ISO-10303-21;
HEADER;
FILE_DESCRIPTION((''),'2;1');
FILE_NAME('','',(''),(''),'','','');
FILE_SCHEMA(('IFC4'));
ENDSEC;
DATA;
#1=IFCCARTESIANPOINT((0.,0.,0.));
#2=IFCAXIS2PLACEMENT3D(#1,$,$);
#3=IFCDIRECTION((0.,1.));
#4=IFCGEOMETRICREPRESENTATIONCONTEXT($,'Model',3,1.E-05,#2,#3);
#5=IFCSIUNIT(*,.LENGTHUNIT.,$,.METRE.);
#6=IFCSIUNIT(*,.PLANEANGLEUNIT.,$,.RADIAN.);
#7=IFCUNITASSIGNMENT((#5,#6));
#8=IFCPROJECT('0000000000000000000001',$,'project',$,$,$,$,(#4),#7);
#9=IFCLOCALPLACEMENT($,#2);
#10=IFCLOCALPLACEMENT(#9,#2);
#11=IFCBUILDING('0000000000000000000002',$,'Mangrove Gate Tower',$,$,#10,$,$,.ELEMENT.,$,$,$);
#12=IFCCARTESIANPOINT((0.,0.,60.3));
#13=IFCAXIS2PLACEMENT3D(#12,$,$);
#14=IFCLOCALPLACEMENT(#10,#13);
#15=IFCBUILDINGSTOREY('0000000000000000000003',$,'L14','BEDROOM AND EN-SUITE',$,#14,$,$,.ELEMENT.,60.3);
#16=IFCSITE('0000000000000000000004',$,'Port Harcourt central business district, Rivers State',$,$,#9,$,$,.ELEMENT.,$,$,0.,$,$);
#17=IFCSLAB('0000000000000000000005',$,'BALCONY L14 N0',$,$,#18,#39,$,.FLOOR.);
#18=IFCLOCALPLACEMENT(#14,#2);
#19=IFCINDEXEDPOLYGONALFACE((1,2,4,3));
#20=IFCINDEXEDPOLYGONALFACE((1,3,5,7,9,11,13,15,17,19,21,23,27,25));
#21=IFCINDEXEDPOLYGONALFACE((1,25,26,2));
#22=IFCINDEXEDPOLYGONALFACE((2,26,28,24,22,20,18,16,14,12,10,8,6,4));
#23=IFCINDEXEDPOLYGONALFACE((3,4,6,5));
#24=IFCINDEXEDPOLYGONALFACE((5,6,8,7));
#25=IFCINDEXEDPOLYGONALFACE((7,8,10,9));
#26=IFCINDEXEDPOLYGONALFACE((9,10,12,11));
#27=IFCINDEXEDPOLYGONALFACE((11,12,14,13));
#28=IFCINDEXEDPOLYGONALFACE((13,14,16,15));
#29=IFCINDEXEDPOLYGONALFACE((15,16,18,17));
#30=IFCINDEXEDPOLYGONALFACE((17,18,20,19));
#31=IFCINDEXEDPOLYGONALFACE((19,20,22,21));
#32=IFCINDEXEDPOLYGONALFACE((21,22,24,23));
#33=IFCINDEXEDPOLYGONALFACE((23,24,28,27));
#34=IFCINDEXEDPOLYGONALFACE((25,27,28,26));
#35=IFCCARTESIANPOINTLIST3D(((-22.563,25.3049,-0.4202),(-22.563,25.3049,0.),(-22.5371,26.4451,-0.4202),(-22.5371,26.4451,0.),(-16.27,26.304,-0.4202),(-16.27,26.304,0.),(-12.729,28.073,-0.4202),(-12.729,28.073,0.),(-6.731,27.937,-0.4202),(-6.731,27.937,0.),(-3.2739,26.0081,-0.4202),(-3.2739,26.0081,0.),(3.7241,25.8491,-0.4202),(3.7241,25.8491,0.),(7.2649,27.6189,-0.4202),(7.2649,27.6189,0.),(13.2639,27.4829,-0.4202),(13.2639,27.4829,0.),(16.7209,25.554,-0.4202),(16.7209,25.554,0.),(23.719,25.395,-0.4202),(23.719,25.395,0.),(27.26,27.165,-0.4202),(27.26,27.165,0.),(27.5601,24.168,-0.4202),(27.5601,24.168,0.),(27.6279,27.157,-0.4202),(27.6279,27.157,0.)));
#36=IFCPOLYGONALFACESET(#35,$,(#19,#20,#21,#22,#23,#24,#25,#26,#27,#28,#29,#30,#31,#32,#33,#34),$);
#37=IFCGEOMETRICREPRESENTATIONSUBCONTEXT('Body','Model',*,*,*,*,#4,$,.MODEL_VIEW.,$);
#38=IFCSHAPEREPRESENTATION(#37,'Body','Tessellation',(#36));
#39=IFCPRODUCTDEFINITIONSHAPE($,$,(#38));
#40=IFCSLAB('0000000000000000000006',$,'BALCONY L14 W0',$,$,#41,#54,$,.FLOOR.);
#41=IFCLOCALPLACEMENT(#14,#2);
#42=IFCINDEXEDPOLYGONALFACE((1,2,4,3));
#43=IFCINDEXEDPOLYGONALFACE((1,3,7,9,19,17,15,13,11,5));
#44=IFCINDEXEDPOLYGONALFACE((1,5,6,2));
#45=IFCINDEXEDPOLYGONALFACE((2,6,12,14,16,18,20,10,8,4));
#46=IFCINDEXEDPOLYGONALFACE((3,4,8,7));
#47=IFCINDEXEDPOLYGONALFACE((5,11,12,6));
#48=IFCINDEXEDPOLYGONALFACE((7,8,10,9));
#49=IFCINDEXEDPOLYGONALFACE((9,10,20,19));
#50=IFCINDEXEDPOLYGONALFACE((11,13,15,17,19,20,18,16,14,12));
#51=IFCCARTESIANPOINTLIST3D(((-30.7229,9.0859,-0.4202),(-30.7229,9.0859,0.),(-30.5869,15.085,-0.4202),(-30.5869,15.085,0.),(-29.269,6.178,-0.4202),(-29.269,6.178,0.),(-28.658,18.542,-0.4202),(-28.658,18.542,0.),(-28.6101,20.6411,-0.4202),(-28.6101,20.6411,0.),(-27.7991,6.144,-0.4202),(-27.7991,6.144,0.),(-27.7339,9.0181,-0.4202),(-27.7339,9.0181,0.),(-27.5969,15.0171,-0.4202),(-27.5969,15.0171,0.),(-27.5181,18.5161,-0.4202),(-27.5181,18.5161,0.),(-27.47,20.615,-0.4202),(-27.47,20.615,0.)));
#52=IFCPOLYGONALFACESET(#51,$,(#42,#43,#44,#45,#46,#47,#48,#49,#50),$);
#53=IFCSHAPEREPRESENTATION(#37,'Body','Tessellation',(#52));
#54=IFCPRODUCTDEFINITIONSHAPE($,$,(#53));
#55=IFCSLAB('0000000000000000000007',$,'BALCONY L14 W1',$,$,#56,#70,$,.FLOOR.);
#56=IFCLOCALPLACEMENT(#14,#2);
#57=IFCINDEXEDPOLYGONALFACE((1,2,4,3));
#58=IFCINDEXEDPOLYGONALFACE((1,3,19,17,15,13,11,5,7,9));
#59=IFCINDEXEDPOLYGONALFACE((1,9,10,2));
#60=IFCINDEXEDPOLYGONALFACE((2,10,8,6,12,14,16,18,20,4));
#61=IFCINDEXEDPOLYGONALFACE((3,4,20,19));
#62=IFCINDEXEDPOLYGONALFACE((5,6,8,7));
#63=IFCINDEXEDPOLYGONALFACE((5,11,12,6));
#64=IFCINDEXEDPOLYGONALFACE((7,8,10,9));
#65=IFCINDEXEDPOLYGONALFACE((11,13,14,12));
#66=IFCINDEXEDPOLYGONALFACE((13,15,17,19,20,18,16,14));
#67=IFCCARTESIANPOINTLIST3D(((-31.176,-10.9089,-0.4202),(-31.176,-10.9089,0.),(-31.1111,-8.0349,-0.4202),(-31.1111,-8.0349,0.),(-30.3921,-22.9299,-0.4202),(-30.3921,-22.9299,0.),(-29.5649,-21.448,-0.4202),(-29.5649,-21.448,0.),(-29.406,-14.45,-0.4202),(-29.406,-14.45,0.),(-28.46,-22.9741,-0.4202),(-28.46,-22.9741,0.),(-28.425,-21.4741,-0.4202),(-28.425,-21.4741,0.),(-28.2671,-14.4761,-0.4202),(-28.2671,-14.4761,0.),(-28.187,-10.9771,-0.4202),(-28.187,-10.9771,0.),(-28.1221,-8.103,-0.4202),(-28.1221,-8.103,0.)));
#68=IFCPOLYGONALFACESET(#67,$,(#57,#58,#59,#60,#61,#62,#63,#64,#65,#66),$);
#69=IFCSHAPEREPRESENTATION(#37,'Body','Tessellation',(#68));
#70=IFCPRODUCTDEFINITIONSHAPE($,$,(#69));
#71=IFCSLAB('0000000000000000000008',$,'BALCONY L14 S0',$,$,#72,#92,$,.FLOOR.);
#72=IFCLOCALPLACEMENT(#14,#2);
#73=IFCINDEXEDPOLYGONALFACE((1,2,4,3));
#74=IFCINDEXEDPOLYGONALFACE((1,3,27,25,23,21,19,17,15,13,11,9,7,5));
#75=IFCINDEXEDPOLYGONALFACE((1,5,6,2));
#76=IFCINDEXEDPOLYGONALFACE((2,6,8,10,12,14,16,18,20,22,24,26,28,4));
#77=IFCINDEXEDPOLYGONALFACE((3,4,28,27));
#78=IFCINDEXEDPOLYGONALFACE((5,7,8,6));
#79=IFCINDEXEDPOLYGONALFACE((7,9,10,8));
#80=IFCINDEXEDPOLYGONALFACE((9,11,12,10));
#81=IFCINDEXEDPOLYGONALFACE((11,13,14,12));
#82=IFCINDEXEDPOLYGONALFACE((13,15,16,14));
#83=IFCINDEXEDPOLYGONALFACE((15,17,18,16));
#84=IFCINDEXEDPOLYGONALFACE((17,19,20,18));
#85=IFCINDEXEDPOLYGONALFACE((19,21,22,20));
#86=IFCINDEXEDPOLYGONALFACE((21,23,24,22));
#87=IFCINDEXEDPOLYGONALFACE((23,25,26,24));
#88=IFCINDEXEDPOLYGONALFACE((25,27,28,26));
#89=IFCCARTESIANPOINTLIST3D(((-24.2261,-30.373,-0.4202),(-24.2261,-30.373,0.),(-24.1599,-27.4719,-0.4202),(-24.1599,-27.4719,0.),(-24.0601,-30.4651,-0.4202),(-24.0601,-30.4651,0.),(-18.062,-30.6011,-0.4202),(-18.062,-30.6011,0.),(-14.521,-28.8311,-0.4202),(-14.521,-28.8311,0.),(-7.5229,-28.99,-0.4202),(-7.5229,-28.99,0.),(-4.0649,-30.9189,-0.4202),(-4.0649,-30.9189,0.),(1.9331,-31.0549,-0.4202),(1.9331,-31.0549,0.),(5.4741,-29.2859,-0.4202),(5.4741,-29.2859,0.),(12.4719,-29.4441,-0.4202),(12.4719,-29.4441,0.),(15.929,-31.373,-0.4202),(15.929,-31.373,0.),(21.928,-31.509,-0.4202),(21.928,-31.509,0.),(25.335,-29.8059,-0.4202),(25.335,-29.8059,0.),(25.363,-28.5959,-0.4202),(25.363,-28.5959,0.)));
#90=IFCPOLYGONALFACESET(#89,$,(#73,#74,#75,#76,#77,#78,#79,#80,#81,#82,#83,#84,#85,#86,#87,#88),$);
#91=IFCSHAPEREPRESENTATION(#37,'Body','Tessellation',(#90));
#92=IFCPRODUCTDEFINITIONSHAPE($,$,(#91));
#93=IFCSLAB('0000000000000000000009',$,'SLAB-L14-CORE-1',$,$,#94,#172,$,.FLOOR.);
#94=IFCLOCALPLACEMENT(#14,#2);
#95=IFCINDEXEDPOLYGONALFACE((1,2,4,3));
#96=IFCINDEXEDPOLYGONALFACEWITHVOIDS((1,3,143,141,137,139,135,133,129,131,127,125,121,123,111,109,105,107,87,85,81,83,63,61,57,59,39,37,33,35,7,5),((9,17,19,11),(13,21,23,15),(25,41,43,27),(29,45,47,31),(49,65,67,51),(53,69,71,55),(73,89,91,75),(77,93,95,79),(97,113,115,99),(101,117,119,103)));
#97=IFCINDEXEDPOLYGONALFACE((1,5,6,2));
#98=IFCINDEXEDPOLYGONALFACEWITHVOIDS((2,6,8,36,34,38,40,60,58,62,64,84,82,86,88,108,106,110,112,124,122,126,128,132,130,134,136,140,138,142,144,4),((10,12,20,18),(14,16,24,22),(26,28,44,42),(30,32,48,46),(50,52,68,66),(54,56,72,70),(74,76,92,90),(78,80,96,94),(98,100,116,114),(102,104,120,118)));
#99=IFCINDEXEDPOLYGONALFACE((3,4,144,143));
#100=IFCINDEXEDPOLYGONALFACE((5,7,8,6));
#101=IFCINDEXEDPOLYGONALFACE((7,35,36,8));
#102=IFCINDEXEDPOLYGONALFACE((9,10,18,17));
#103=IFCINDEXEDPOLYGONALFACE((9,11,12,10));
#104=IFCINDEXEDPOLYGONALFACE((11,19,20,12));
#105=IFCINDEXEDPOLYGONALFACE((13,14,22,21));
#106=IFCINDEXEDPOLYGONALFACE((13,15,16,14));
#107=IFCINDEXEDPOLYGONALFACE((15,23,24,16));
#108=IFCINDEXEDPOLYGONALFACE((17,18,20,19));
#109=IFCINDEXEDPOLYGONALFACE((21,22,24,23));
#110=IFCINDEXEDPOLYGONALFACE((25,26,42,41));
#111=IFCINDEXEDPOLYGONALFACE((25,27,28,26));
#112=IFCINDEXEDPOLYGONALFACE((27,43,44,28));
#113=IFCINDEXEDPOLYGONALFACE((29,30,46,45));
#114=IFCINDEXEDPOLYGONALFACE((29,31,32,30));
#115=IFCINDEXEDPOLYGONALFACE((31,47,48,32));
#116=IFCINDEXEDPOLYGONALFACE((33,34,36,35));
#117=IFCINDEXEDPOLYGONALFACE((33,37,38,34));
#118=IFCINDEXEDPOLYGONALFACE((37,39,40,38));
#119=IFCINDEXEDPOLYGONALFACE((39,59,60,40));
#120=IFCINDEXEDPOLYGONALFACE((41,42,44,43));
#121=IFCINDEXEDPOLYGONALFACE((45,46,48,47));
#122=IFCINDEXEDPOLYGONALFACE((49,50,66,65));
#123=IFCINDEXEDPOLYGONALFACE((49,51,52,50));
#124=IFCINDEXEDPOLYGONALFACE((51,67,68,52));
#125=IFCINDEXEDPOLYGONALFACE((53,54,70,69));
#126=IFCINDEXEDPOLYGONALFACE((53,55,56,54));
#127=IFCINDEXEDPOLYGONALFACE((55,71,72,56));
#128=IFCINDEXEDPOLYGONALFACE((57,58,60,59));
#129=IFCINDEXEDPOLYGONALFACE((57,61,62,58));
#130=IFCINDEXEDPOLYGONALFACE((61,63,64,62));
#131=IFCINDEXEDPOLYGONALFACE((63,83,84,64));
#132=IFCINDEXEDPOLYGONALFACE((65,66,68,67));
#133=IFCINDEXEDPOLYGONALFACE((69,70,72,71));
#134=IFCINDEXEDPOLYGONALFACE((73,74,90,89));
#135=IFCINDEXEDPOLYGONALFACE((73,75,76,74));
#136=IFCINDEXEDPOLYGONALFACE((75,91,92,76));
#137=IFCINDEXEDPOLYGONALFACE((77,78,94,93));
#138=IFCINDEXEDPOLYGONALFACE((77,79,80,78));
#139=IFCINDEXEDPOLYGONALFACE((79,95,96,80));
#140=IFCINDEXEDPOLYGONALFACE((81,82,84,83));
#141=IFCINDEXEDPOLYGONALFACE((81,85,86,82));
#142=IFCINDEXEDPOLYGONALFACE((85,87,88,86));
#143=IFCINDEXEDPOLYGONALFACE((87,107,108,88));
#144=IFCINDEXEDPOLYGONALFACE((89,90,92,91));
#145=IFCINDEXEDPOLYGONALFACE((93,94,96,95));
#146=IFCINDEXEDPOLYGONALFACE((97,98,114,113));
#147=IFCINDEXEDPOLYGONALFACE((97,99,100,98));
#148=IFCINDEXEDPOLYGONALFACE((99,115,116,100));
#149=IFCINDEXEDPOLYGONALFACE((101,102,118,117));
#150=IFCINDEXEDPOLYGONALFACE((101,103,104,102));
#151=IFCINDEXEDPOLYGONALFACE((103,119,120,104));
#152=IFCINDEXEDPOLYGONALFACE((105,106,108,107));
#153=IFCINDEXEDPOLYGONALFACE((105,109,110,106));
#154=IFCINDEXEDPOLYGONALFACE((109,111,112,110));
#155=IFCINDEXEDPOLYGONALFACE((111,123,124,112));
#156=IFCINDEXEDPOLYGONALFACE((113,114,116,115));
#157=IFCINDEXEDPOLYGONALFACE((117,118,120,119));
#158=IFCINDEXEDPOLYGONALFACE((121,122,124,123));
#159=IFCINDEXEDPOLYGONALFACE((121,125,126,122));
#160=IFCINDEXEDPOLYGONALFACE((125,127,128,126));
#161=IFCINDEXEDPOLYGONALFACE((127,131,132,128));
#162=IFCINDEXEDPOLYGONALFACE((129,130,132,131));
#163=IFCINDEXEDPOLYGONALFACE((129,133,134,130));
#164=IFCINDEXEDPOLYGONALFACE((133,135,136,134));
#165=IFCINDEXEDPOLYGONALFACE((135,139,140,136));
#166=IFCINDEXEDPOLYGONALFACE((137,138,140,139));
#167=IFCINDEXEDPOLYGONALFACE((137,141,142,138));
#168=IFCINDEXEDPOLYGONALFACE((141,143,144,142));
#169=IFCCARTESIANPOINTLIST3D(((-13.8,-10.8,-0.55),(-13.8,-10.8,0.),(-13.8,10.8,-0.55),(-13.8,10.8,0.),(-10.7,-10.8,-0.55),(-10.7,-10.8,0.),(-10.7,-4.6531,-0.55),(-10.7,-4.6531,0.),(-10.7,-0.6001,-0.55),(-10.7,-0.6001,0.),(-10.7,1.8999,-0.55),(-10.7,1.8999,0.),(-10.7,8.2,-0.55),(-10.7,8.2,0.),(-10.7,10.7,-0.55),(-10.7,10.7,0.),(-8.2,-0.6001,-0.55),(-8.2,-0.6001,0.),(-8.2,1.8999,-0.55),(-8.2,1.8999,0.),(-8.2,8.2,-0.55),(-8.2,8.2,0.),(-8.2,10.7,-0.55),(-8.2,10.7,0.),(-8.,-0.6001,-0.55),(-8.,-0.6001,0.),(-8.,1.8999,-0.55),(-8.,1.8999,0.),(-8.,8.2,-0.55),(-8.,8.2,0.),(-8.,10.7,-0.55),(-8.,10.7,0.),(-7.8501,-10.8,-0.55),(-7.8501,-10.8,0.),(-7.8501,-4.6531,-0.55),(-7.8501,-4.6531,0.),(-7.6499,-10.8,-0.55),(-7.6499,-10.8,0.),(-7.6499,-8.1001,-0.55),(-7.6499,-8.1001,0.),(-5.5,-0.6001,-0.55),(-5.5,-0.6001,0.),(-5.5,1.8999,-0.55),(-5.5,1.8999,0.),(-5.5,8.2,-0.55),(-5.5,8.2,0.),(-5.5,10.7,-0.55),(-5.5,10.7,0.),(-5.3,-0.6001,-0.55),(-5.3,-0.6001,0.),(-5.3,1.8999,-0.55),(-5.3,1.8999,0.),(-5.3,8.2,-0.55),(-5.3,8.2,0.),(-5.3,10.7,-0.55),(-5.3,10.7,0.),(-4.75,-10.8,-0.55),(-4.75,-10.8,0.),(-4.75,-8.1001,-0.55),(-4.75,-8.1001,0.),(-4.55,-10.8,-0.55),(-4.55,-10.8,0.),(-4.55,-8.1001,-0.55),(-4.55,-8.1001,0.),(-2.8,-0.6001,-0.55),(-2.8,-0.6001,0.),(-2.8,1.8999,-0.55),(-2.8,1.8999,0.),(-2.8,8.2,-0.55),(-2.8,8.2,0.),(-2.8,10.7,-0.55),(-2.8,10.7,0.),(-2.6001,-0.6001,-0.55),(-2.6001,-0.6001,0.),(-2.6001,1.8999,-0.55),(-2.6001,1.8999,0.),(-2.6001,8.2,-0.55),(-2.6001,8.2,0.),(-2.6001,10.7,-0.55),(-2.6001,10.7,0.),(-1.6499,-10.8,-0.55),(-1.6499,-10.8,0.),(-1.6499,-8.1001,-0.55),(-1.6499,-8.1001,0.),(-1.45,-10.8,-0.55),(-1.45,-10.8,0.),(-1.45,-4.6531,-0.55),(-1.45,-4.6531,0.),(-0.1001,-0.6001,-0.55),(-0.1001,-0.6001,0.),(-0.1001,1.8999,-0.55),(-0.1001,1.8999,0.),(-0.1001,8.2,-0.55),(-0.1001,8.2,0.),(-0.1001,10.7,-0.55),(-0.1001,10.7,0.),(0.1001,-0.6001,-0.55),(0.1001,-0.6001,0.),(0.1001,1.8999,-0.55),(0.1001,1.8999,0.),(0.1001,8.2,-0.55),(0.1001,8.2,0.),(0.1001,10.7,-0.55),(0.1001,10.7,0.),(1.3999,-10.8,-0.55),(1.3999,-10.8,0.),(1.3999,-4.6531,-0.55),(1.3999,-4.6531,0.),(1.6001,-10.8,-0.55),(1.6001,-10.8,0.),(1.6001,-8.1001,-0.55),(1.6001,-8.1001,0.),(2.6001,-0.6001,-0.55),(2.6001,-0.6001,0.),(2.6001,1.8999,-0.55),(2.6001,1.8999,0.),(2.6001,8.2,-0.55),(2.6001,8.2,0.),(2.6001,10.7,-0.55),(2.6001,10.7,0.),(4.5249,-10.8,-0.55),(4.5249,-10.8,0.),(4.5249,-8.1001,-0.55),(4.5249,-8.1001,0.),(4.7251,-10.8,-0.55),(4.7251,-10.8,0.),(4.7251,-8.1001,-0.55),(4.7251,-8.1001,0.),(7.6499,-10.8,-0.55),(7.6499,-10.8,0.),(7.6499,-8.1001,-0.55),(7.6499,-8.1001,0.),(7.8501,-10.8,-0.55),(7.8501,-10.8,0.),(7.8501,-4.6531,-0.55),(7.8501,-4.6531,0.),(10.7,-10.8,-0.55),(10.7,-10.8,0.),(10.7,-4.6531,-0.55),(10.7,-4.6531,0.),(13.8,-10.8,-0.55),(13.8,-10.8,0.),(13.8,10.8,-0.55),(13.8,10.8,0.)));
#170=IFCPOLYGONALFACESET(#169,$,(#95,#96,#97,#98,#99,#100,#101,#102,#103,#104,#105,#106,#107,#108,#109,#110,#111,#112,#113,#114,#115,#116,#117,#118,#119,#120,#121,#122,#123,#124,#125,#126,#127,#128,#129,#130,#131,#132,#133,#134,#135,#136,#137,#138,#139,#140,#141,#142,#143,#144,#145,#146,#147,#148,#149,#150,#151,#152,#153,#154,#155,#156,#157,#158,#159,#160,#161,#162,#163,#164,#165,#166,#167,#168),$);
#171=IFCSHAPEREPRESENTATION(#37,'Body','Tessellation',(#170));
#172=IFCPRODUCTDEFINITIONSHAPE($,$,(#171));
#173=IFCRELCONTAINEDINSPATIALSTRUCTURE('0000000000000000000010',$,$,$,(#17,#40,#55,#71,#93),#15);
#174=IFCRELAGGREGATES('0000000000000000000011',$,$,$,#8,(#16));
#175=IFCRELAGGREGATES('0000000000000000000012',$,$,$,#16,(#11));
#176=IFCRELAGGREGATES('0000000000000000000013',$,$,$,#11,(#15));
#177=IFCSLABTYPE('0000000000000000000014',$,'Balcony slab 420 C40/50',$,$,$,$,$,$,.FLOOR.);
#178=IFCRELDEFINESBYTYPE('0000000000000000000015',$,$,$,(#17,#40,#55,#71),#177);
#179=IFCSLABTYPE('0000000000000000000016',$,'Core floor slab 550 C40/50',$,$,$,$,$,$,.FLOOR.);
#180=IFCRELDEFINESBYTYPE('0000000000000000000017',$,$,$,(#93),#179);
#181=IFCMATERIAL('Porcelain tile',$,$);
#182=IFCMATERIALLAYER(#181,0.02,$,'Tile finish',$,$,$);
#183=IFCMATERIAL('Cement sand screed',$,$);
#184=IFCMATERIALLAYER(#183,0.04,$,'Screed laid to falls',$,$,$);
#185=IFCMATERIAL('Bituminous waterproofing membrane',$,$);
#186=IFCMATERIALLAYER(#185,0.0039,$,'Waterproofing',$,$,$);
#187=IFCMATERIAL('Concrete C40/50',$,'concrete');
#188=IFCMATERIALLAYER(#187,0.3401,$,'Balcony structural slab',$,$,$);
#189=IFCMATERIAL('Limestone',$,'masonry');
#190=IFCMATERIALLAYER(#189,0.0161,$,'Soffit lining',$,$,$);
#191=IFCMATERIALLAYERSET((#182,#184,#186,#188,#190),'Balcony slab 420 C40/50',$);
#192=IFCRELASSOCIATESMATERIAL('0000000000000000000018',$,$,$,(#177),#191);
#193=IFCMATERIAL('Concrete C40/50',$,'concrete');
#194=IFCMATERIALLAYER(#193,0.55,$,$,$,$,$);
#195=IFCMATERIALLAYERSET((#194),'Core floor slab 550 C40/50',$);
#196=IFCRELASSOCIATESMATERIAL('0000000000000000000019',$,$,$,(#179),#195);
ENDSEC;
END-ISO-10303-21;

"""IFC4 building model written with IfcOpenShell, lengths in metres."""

from ifc_helpers import new_model, si_unit, direction, frame, origin, place, context, subcontext, project, spatial, polyline, outline, extrude, material, layer, layer_set, type_object, element, save


model = new_model("IFC4")

# Units and contexts
model_context = context("Model", 3, precision=1e-05, world=origin(), true_north=direction((0.0, 1.0)))
body_context = subcontext(model_context, "Body", "Model", "MODEL_VIEW")
ifc_project = project(units=[si_unit("LENGTHUNIT", "METRE"), si_unit("PLANEANGLEUNIT", "RADIAN")], contexts=[model_context])

# Site, building, storey
site_placement = place(None, origin())
site = spatial("IfcSite", under=ifc_project, at=site_placement, Name="Port Harcourt central business district, Rivers State", CompositionType="ELEMENT", RefElevation=0.0)
building_placement = place(site_placement, origin())
building = spatial("IfcBuilding", under=site, at=building_placement, Name="Mangrove Gate Tower", CompositionType="ELEMENT")
storey_placement = place(building_placement, frame((0.0, 0.0, 60.3)))
storey = spatial("IfcBuildingStorey", under=building, at=storey_placement, Name="L14", Description="BEDROOM AND EN-SUITE", CompositionType="ELEMENT", Elevation=60.3)

# Slabs
ifc_material_1 = material(Name="Porcelain tile")
ifc_layer_1 = layer(ifc_material_1, 0.02, Name="Tile finish")
ifc_material_2 = material(Name="Cement sand screed")
ifc_layer_2 = layer(ifc_material_2, 0.04, Name="Screed laid to falls")
ifc_material_3 = material(Name="Bituminous waterproofing membrane")
ifc_layer_3 = layer(ifc_material_3, 0.0039, Name="Waterproofing")
ifc_material_4 = material(Name="Concrete C40/50", Category="concrete")
ifc_layer_4 = layer(ifc_material_4, 0.3401, Name="Balcony structural slab")
ifc_material_5 = material(Name="Limestone", Category="masonry")
ifc_layer_5 = layer(ifc_material_5, 0.0161, Name="Soffit lining")
ifc_layer_set_1 = layer_set([ifc_layer_1, ifc_layer_2, ifc_layer_3, ifc_layer_4, ifc_layer_5], Name="Balcony slab 420 C40/50")
slab_type_1 = type_object("IfcSlabType", Name="Balcony slab 420 C40/50", PredefinedType="FLOOR", material=ifc_layer_set_1)
slab_1_placement = place(storey_placement, frame((0.0, 0.0, -0.4202)))
element("IfcSlab", 1, at=slab_1_placement, inside=storey, type_object=slab_type_1, Name="BALCONY L14 N0", PredefinedType="FLOOR", context=body_context, shape_type="SweptSolid", body=[
    extrude(outline(polyline([(27.6279, 27.157), (27.26, 27.165), (23.719, 25.395), (16.7209, 25.554), (13.2639, 27.4829), (7.2649, 27.6189), (3.7241, 25.8491), (-3.2739, 26.0081), (-6.731, 27.937), (-12.729, 28.073), (-16.27, 26.304), (-22.5371, 26.4451), (-22.563, 25.3049), (27.5601, 24.168), (27.6279, 27.157)])), origin(), (0.0, 0.0, 1.0), 0.4202),
])
slab_2_placement = place(storey_placement, frame((0.0, 0.0, -0.4202)))
element("IfcSlab", 2, at=slab_2_placement, inside=storey, type_object=slab_type_1, Name="BALCONY L14 W0", PredefinedType="FLOOR", context=body_context, shape_type="SweptSolid", body=[
    extrude(outline(polyline([(-28.6101, 20.6411), (-28.658, 18.542), (-30.5869, 15.085), (-30.7229, 9.0859), (-29.269, 6.178), (-27.7991, 6.144), (-27.7339, 9.0181), (-27.5969, 15.0171), (-27.5181, 18.5161), (-27.47, 20.615), (-28.6101, 20.6411)])), origin(), (0.0, 0.0, 1.0), 0.4202),
])
slab_3_placement = place(storey_placement, frame((0.0, 0.0, -0.4202)))
element("IfcSlab", 3, at=slab_3_placement, inside=storey, type_object=slab_type_1, Name="BALCONY L14 W1", PredefinedType="FLOOR", context=body_context, shape_type="SweptSolid", body=[
    extrude(outline(polyline([(-31.1111, -8.0349), (-31.176, -10.9089), (-29.406, -14.45), (-29.5649, -21.448), (-30.3921, -22.9299), (-28.46, -22.9741), (-28.425, -21.4741), (-28.2671, -14.4761), (-28.187, -10.9771), (-28.1221, -8.103), (-31.1111, -8.0349)])), origin(), (0.0, 0.0, 1.0), 0.4202),
])
slab_4_placement = place(storey_placement, frame((0.0, 0.0, -0.4202)))
element("IfcSlab", 4, at=slab_4_placement, inside=storey, type_object=slab_type_1, Name="BALCONY L14 S0", PredefinedType="FLOOR", context=body_context, shape_type="SweptSolid", body=[
    extrude(outline(polyline([(-24.2261, -30.373), (-24.0601, -30.4651), (-18.062, -30.6011), (-14.521, -28.8311), (-7.5229, -28.99), (-4.0649, -30.9189), (1.9331, -31.0549), (5.4741, -29.2859), (12.4719, -29.4441), (15.929, -31.373), (21.928, -31.509), (25.335, -29.8059), (25.363, -28.5959), (-24.1599, -27.4719), (-24.2261, -30.373)])), origin(), (0.0, 0.0, 1.0), 0.4202),
])
ifc_material_6 = material(Name="Concrete C40/50", Category="concrete")
ifc_layer_6 = layer(ifc_material_6, 0.55)
ifc_layer_set_2 = layer_set([ifc_layer_6], Name="Core floor slab 550 C40/50")
slab_type_2 = type_object("IfcSlabType", Name="Core floor slab 550 C40/50", PredefinedType="FLOOR", material=ifc_layer_set_2)
slab_5_placement = place(storey_placement, frame((0.0, 0.0, -0.55)))
element("IfcSlab", 5, at=slab_5_placement, inside=storey, type_object=slab_type_2, Name="SLAB-L14-CORE-1", PredefinedType="FLOOR", context=body_context, shape_type="SweptSolid", body=[
    extrude(outline(polyline([(-13.8, -10.8), (-13.8, 10.8), (13.8, 10.8), (13.8, -10.8), (10.7, -10.8), (10.7, -4.6531), (7.8501, -4.6531), (7.8501, -10.8), (7.6499, -10.8), (7.6499, -8.1001), (4.7251, -8.1001), (4.7251, -10.8), (4.5249, -10.8), (4.5249, -8.1001), (1.6001, -8.1001), (1.6001, -10.8), (1.3999, -10.8), (1.3999, -4.6531), (-1.45, -4.6531), (-1.45, -10.8), (-1.6499, -10.8), (-1.6499, -8.1001), (-4.55, -8.1001), (-4.55, -10.8), (-4.75, -10.8), (-4.75, -8.1001), (-7.6499, -8.1001), (-7.6499, -10.8), (-7.8501, -10.8), (-7.8501, -4.6531), (-10.7, -4.6531), (-10.7, -10.8), (-13.8, -10.8)]), holes=[polyline([(-8.2, -0.6001), (-8.2, 1.8999), (-10.7, 1.8999), (-10.7, -0.6001), (-8.2, -0.6001)]), polyline([(-5.5, -0.6001), (-5.5, 1.8999), (-8.0, 1.8999), (-8.0, -0.6001), (-5.5, -0.6001)]), polyline([(-2.8, -0.6001), (-2.8, 1.8999), (-5.3, 1.8999), (-5.3, -0.6001), (-2.8, -0.6001)]), polyline([(-8.2, 8.2), (-8.2, 10.7), (-10.7, 10.7), (-10.7, 8.2), (-8.2, 8.2)]), polyline([(-5.5, 8.2), (-5.5, 10.7), (-8.0, 10.7), (-8.0, 8.2), (-5.5, 8.2)]), polyline([(-2.8, 8.2), (-2.8, 10.7), (-5.3, 10.7), (-5.3, 8.2), (-2.8, 8.2)]), polyline([(-0.1001, -0.6001), (-0.1001, 1.8999), (-2.6001, 1.8999), (-2.6001, -0.6001), (-0.1001, -0.6001)]), polyline([(2.6001, -0.6001), (2.6001, 1.8999), (0.1001, 1.8999), (0.1001, -0.6001), (2.6001, -0.6001)]), polyline([(-2.6001, 8.2), (-0.1001, 8.2), (-0.1001, 10.7), (-2.6001, 10.7), (-2.6001, 8.2)]), polyline([(0.1001, 8.2), (2.6001, 8.2), (2.6001, 10.7), (0.1001, 10.7), (0.1001, 8.2)])]), origin(), (0.0, 0.0, 1.0), 0.55),
])

save(model, "model.ifc")
